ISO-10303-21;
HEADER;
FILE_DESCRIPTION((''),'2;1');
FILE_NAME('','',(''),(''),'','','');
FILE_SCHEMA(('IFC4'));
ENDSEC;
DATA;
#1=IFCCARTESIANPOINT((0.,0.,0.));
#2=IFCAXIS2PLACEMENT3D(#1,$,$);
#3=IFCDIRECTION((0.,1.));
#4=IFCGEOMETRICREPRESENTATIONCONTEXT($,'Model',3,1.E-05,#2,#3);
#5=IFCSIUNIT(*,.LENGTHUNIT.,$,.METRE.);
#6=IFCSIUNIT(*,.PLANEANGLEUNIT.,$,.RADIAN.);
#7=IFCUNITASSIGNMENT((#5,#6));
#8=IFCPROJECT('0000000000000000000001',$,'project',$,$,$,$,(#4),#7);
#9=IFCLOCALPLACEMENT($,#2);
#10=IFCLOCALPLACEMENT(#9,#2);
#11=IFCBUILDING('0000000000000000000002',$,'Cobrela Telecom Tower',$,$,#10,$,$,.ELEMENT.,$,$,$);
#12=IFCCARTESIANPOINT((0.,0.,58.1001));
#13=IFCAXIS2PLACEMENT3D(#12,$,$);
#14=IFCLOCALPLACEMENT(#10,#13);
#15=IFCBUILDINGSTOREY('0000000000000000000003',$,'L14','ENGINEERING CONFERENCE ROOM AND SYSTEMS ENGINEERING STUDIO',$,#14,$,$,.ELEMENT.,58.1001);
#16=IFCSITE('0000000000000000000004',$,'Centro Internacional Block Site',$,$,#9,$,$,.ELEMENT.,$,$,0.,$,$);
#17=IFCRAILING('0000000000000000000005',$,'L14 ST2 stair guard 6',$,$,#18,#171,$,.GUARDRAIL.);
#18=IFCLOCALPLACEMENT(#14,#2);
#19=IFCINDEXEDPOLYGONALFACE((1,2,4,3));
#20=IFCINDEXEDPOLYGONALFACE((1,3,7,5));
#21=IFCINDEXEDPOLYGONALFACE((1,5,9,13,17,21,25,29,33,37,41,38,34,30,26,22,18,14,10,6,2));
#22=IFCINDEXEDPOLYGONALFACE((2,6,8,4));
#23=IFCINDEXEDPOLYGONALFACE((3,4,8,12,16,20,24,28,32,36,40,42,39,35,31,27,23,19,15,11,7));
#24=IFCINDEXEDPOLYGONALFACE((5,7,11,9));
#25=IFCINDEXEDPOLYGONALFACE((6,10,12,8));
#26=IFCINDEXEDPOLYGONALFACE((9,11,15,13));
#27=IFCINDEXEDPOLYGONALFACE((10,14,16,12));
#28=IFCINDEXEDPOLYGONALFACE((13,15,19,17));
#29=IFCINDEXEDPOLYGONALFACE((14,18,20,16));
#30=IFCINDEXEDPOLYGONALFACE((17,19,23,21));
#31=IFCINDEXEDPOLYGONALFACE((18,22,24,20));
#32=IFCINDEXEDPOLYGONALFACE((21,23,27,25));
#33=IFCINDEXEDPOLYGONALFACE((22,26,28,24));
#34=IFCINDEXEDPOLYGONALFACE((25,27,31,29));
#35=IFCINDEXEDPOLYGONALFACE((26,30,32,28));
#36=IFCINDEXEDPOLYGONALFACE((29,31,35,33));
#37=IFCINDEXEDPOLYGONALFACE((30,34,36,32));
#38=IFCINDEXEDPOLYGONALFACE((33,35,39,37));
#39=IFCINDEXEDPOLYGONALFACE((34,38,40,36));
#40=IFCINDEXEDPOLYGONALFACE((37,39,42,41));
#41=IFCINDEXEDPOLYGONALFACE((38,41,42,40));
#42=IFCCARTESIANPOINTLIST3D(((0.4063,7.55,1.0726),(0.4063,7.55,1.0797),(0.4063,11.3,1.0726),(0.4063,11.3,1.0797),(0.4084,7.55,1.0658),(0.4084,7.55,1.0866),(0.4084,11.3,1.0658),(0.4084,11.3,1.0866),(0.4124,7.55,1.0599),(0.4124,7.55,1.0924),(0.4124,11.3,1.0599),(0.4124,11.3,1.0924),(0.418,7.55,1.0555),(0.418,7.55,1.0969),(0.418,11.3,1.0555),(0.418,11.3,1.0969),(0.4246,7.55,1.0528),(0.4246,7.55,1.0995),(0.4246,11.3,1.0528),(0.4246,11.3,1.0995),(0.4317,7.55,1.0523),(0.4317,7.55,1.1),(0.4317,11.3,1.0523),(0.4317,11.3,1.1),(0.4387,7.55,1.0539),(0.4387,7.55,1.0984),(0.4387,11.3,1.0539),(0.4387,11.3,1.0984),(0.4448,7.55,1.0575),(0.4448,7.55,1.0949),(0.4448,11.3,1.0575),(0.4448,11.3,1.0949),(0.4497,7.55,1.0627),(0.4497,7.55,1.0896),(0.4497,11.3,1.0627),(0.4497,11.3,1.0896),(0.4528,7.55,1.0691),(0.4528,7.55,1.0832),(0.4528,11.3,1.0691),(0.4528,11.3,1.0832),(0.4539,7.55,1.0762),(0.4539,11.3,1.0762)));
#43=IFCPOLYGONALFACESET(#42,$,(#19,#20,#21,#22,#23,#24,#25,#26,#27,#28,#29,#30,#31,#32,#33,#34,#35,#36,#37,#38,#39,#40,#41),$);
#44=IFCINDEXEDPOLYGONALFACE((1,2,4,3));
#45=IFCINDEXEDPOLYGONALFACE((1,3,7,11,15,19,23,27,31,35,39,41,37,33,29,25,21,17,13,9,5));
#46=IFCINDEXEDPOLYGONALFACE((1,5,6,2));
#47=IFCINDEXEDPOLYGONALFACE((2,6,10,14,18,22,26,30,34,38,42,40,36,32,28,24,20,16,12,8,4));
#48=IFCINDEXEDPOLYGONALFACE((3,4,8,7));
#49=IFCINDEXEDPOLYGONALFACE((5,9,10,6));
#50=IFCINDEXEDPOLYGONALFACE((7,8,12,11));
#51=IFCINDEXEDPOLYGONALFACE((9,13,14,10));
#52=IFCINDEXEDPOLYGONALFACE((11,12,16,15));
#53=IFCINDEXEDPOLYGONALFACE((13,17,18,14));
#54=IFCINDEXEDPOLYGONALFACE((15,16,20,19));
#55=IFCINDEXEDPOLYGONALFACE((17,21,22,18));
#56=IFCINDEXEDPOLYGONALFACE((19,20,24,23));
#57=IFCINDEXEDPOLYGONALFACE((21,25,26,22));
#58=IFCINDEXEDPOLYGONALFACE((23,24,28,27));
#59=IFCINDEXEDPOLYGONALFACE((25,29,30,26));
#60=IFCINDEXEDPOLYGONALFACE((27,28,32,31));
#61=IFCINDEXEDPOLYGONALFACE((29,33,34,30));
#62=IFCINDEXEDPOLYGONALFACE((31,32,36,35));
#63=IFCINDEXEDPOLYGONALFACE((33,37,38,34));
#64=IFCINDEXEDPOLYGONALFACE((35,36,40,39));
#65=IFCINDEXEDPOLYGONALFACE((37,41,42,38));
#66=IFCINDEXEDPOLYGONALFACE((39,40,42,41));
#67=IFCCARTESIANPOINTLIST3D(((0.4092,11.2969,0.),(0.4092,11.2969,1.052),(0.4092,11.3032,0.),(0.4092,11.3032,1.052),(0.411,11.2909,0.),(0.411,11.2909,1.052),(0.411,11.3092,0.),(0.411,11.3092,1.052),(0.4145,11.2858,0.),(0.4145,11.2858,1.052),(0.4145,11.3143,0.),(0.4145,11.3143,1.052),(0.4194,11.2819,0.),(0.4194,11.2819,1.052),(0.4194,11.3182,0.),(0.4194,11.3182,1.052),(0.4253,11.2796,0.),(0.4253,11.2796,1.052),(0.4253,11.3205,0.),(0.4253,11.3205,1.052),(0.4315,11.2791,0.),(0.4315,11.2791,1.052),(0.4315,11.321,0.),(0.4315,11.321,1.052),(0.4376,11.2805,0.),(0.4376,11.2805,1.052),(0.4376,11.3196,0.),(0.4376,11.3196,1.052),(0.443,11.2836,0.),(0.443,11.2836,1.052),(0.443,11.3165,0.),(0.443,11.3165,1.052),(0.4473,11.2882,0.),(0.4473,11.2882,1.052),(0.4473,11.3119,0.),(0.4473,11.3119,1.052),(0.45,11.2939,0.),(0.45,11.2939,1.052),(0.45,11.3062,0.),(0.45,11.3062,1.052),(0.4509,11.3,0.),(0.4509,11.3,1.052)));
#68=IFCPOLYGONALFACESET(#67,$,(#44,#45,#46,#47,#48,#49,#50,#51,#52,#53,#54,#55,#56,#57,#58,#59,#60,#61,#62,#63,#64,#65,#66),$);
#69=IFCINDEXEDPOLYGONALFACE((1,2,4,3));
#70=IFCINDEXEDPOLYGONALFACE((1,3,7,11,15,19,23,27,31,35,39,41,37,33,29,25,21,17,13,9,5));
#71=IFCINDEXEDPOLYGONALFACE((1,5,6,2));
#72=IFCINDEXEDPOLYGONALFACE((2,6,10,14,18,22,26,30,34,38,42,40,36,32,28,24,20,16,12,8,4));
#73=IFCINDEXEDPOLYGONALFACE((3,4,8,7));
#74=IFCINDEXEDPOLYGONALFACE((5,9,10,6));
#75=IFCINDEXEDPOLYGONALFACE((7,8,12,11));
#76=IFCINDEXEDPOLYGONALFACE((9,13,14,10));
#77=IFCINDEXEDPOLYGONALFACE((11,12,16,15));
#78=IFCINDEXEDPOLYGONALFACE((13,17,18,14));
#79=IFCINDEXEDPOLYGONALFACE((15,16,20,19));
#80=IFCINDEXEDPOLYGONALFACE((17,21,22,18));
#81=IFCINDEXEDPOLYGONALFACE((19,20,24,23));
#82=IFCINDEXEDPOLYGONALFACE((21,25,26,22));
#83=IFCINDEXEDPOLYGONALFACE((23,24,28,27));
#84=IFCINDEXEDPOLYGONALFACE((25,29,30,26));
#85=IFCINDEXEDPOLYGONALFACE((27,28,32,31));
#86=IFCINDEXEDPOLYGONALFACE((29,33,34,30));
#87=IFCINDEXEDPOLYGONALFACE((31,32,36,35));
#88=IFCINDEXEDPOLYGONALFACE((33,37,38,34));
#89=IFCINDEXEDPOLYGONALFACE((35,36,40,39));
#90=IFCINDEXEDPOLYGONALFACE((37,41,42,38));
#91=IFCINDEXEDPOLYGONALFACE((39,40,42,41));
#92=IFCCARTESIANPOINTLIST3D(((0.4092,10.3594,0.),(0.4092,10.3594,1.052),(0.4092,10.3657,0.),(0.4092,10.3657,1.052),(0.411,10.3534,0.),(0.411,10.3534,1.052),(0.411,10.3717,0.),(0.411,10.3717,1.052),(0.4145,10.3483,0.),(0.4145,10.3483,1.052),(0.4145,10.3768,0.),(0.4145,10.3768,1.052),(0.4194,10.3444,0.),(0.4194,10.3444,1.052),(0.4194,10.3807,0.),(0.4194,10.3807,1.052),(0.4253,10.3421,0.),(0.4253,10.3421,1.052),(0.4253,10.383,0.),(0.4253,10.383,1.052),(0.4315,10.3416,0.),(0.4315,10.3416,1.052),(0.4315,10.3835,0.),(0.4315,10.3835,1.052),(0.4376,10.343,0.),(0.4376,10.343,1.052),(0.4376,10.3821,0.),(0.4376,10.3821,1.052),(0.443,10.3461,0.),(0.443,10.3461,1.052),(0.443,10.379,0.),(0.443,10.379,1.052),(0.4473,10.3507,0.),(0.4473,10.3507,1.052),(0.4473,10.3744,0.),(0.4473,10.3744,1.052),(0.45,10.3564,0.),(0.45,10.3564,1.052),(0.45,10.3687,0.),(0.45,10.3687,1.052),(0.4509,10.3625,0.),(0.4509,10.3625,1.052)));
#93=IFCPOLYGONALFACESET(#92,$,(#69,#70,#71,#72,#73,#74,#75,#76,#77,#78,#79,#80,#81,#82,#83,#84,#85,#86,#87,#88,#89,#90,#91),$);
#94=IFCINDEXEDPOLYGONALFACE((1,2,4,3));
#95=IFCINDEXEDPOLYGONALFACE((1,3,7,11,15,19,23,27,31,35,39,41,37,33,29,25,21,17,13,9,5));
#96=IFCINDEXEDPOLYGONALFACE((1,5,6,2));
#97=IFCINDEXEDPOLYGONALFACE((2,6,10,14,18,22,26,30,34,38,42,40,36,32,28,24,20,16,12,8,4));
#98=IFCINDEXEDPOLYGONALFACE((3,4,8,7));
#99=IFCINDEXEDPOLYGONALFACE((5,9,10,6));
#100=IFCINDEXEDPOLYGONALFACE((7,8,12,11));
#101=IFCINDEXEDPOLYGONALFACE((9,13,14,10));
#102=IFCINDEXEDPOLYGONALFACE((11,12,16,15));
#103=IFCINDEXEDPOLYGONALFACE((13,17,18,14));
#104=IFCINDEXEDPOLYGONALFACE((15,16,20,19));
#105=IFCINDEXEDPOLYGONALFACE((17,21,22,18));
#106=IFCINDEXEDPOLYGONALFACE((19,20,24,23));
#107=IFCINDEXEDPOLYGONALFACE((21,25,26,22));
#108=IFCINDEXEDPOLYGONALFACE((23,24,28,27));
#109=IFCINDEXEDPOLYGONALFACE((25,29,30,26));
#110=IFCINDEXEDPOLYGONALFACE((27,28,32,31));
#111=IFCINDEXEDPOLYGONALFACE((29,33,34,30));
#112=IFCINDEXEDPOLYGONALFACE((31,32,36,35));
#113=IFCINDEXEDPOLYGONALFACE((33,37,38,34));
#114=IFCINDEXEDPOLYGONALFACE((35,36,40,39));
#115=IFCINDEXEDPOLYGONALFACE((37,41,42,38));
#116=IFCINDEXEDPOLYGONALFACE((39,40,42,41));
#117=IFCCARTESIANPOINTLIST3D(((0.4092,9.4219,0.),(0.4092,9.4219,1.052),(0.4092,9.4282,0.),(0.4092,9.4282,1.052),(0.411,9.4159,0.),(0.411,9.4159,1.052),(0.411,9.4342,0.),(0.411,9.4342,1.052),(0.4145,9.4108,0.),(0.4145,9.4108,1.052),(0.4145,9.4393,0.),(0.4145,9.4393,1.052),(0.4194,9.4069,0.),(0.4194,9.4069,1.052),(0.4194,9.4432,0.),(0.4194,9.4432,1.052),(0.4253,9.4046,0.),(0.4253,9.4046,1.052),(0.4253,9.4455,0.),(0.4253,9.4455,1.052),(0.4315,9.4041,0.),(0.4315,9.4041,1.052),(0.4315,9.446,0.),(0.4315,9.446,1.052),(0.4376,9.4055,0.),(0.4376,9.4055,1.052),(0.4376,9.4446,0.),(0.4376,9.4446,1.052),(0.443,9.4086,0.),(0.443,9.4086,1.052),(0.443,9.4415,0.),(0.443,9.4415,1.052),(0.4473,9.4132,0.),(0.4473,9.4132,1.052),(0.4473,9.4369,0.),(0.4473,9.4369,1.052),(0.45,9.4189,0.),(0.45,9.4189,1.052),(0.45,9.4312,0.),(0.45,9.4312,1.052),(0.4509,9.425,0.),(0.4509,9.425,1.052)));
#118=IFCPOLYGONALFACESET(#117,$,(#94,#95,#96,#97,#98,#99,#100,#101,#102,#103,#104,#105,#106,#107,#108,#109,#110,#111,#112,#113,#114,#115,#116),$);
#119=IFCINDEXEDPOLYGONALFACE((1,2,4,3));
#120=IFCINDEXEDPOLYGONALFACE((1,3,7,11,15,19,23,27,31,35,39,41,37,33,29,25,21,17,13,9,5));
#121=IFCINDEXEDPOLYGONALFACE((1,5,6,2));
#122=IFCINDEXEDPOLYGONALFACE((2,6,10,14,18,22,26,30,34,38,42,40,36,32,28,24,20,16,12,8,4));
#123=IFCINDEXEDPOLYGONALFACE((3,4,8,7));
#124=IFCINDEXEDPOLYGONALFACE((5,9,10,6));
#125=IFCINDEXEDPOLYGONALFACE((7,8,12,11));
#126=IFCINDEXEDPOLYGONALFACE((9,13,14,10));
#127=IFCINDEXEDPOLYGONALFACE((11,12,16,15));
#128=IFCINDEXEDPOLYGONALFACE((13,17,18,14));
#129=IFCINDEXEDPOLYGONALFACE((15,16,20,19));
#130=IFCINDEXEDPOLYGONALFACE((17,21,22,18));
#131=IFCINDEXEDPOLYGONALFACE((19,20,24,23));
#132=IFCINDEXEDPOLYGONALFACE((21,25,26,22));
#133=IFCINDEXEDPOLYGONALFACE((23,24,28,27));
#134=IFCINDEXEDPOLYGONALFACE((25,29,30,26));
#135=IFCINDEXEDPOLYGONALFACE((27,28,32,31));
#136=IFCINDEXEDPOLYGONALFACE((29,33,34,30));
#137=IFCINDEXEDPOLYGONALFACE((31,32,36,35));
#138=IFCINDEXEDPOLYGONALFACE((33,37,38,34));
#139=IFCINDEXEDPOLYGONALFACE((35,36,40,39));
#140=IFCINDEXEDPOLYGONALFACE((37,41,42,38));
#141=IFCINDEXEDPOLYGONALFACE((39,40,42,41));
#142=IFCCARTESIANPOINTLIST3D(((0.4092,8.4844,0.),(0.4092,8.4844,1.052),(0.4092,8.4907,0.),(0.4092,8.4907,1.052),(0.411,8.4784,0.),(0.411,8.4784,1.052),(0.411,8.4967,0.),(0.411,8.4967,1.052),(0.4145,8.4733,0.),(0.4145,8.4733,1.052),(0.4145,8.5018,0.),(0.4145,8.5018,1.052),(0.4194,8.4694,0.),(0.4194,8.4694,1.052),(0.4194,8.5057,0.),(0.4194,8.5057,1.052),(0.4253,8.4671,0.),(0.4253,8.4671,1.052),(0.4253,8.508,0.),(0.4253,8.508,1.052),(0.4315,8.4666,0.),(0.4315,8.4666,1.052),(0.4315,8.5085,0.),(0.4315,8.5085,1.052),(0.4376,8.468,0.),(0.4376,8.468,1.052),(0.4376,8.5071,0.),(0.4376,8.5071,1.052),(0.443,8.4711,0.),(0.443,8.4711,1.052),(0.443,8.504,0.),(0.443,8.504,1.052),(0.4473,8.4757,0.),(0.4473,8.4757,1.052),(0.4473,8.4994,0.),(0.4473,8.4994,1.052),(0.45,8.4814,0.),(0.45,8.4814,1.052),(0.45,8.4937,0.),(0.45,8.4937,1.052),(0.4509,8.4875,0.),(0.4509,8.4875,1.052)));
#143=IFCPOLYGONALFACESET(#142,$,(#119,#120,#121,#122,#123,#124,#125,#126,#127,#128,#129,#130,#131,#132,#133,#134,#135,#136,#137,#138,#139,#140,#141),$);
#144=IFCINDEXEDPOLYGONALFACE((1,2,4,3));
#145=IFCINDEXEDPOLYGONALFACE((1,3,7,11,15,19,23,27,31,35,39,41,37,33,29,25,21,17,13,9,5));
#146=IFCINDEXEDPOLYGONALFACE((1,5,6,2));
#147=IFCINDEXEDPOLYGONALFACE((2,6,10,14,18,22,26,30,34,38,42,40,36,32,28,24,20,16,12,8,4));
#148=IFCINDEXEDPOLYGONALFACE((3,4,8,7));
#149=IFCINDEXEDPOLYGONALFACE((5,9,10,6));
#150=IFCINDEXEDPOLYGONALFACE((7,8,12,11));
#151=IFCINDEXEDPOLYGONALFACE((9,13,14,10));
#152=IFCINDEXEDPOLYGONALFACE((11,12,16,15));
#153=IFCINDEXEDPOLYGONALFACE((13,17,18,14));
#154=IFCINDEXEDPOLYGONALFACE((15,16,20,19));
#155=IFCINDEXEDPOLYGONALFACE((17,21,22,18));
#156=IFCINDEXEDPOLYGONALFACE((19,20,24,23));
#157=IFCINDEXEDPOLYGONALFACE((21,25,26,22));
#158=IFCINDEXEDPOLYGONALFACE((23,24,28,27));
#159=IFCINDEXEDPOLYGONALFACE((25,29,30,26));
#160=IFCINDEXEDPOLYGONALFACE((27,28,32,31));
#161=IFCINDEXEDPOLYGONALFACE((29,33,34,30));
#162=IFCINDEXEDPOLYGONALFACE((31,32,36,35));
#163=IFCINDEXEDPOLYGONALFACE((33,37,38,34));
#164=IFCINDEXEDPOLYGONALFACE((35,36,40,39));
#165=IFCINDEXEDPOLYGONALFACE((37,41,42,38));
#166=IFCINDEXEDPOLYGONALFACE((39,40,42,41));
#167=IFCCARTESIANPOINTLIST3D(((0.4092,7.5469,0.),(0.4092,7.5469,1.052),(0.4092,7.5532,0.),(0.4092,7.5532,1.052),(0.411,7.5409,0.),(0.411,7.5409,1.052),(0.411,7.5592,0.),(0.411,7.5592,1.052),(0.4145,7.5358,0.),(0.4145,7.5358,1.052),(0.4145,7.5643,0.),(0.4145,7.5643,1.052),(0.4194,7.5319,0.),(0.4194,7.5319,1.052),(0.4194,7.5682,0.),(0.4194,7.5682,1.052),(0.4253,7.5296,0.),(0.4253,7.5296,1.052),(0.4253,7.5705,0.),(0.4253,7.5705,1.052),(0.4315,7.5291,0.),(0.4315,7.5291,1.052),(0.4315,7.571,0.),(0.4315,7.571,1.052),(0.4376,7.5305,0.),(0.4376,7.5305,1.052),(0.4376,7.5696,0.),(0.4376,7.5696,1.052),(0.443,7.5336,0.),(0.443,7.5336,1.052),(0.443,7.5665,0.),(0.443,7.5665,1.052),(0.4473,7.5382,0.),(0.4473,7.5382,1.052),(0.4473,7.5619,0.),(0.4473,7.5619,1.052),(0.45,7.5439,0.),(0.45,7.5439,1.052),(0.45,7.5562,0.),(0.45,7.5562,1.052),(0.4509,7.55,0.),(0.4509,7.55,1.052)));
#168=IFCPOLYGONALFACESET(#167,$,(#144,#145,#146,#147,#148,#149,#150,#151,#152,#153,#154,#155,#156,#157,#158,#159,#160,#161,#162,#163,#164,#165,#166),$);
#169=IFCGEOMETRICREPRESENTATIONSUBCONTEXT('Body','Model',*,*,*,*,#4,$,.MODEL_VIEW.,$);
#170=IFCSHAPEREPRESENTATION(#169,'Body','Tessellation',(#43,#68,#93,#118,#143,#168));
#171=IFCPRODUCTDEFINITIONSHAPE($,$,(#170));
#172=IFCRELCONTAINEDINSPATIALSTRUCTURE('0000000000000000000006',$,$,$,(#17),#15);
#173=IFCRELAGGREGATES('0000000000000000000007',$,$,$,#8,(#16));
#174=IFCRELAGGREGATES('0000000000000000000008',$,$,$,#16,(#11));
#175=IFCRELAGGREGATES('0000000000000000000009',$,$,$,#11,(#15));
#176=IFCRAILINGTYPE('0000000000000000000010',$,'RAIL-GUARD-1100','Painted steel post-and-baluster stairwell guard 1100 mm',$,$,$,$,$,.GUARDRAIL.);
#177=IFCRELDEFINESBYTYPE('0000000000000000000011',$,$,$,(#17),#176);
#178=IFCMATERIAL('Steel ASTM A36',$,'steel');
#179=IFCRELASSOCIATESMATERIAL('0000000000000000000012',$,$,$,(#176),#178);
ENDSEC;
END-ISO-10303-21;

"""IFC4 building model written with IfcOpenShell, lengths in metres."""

from ifc_helpers import new_model, si_unit, direction, frame, origin, origin_2d, place, context, subcontext, project, spatial, circle, extrude, material, type_object, element, save


model = new_model("IFC4")

# Units and contexts
model_context = context("Model", 3, precision=1e-05, world=origin(), true_north=direction((0.0, 1.0)))
body_context = subcontext(model_context, "Body", "Model", "MODEL_VIEW")
ifc_project = project(units=[si_unit("LENGTHUNIT", "METRE"), si_unit("PLANEANGLEUNIT", "RADIAN")], contexts=[model_context])

# Site, building, storey
site_placement = place(None, origin())
site = spatial("IfcSite", under=ifc_project, at=site_placement, Name="Centro Internacional Block Site", CompositionType="ELEMENT", RefElevation=0.0)
building_placement = place(site_placement, origin())
building = spatial("IfcBuilding", under=site, at=building_placement, Name="Cobrela Telecom Tower", CompositionType="ELEMENT")
storey_placement = place(building_placement, frame((0.0, 0.0, 58.1001)))
storey = spatial("IfcBuildingStorey", under=building, at=storey_placement, Name="L14", Description="ENGINEERING CONFERENCE ROOM AND SYSTEMS ENGINEERING STUDIO", CompositionType="ELEMENT", Elevation=58.1001)

# Railing
ifc_material_1 = material(Name="Steel ASTM A36", Category="steel")
railing_type_1 = type_object("IfcRailingType", Name="RAIL-GUARD-1100", Description="Painted steel post-and-baluster stairwell guard 1100 mm", PredefinedType="GUARDRAIL", material=ifc_material_1)
railing_1_placement = place(storey_placement, frame((0.4299, 11.3, 0.0)))
element("IfcRailing", 1, at=railing_1_placement, inside=storey, type_object=railing_type_1, Name="L14 ST2 stair guard 6", PredefinedType="GUARDRAIL", context=body_context, shape_type="SweptSolid", body=[
    extrude(circle(Radius=0.0239, at=origin_2d()), frame((0.0, 0.0, 1.0762), z_axis=(0.0, -1.0, 0.0), x_axis=(1.0, 0.0, 0.0)), (0.0, 0.0, 1.0), 3.75),
    extrude(circle(Radius=0.021, at=origin_2d()), origin(), (0.0, 0.0, 1.0), 1.052),
    extrude(circle(Radius=0.021, at=origin_2d()), frame((0.0, -0.9375, 0.0)), (0.0, 0.0, 1.0), 1.052),
    extrude(circle(Radius=0.021, at=origin_2d()), frame((0.0, -1.875, 0.0)), (0.0, 0.0, 1.0), 1.052),
    extrude(circle(Radius=0.021, at=origin_2d()), frame((0.0, -2.8125, 0.0)), (0.0, 0.0, 1.0), 1.052),
    extrude(circle(Radius=0.021, at=origin_2d()), frame((0.0, -3.75, 0.0)), (0.0, 0.0, 1.0), 1.052),
])

save(model, "model.ifc")
